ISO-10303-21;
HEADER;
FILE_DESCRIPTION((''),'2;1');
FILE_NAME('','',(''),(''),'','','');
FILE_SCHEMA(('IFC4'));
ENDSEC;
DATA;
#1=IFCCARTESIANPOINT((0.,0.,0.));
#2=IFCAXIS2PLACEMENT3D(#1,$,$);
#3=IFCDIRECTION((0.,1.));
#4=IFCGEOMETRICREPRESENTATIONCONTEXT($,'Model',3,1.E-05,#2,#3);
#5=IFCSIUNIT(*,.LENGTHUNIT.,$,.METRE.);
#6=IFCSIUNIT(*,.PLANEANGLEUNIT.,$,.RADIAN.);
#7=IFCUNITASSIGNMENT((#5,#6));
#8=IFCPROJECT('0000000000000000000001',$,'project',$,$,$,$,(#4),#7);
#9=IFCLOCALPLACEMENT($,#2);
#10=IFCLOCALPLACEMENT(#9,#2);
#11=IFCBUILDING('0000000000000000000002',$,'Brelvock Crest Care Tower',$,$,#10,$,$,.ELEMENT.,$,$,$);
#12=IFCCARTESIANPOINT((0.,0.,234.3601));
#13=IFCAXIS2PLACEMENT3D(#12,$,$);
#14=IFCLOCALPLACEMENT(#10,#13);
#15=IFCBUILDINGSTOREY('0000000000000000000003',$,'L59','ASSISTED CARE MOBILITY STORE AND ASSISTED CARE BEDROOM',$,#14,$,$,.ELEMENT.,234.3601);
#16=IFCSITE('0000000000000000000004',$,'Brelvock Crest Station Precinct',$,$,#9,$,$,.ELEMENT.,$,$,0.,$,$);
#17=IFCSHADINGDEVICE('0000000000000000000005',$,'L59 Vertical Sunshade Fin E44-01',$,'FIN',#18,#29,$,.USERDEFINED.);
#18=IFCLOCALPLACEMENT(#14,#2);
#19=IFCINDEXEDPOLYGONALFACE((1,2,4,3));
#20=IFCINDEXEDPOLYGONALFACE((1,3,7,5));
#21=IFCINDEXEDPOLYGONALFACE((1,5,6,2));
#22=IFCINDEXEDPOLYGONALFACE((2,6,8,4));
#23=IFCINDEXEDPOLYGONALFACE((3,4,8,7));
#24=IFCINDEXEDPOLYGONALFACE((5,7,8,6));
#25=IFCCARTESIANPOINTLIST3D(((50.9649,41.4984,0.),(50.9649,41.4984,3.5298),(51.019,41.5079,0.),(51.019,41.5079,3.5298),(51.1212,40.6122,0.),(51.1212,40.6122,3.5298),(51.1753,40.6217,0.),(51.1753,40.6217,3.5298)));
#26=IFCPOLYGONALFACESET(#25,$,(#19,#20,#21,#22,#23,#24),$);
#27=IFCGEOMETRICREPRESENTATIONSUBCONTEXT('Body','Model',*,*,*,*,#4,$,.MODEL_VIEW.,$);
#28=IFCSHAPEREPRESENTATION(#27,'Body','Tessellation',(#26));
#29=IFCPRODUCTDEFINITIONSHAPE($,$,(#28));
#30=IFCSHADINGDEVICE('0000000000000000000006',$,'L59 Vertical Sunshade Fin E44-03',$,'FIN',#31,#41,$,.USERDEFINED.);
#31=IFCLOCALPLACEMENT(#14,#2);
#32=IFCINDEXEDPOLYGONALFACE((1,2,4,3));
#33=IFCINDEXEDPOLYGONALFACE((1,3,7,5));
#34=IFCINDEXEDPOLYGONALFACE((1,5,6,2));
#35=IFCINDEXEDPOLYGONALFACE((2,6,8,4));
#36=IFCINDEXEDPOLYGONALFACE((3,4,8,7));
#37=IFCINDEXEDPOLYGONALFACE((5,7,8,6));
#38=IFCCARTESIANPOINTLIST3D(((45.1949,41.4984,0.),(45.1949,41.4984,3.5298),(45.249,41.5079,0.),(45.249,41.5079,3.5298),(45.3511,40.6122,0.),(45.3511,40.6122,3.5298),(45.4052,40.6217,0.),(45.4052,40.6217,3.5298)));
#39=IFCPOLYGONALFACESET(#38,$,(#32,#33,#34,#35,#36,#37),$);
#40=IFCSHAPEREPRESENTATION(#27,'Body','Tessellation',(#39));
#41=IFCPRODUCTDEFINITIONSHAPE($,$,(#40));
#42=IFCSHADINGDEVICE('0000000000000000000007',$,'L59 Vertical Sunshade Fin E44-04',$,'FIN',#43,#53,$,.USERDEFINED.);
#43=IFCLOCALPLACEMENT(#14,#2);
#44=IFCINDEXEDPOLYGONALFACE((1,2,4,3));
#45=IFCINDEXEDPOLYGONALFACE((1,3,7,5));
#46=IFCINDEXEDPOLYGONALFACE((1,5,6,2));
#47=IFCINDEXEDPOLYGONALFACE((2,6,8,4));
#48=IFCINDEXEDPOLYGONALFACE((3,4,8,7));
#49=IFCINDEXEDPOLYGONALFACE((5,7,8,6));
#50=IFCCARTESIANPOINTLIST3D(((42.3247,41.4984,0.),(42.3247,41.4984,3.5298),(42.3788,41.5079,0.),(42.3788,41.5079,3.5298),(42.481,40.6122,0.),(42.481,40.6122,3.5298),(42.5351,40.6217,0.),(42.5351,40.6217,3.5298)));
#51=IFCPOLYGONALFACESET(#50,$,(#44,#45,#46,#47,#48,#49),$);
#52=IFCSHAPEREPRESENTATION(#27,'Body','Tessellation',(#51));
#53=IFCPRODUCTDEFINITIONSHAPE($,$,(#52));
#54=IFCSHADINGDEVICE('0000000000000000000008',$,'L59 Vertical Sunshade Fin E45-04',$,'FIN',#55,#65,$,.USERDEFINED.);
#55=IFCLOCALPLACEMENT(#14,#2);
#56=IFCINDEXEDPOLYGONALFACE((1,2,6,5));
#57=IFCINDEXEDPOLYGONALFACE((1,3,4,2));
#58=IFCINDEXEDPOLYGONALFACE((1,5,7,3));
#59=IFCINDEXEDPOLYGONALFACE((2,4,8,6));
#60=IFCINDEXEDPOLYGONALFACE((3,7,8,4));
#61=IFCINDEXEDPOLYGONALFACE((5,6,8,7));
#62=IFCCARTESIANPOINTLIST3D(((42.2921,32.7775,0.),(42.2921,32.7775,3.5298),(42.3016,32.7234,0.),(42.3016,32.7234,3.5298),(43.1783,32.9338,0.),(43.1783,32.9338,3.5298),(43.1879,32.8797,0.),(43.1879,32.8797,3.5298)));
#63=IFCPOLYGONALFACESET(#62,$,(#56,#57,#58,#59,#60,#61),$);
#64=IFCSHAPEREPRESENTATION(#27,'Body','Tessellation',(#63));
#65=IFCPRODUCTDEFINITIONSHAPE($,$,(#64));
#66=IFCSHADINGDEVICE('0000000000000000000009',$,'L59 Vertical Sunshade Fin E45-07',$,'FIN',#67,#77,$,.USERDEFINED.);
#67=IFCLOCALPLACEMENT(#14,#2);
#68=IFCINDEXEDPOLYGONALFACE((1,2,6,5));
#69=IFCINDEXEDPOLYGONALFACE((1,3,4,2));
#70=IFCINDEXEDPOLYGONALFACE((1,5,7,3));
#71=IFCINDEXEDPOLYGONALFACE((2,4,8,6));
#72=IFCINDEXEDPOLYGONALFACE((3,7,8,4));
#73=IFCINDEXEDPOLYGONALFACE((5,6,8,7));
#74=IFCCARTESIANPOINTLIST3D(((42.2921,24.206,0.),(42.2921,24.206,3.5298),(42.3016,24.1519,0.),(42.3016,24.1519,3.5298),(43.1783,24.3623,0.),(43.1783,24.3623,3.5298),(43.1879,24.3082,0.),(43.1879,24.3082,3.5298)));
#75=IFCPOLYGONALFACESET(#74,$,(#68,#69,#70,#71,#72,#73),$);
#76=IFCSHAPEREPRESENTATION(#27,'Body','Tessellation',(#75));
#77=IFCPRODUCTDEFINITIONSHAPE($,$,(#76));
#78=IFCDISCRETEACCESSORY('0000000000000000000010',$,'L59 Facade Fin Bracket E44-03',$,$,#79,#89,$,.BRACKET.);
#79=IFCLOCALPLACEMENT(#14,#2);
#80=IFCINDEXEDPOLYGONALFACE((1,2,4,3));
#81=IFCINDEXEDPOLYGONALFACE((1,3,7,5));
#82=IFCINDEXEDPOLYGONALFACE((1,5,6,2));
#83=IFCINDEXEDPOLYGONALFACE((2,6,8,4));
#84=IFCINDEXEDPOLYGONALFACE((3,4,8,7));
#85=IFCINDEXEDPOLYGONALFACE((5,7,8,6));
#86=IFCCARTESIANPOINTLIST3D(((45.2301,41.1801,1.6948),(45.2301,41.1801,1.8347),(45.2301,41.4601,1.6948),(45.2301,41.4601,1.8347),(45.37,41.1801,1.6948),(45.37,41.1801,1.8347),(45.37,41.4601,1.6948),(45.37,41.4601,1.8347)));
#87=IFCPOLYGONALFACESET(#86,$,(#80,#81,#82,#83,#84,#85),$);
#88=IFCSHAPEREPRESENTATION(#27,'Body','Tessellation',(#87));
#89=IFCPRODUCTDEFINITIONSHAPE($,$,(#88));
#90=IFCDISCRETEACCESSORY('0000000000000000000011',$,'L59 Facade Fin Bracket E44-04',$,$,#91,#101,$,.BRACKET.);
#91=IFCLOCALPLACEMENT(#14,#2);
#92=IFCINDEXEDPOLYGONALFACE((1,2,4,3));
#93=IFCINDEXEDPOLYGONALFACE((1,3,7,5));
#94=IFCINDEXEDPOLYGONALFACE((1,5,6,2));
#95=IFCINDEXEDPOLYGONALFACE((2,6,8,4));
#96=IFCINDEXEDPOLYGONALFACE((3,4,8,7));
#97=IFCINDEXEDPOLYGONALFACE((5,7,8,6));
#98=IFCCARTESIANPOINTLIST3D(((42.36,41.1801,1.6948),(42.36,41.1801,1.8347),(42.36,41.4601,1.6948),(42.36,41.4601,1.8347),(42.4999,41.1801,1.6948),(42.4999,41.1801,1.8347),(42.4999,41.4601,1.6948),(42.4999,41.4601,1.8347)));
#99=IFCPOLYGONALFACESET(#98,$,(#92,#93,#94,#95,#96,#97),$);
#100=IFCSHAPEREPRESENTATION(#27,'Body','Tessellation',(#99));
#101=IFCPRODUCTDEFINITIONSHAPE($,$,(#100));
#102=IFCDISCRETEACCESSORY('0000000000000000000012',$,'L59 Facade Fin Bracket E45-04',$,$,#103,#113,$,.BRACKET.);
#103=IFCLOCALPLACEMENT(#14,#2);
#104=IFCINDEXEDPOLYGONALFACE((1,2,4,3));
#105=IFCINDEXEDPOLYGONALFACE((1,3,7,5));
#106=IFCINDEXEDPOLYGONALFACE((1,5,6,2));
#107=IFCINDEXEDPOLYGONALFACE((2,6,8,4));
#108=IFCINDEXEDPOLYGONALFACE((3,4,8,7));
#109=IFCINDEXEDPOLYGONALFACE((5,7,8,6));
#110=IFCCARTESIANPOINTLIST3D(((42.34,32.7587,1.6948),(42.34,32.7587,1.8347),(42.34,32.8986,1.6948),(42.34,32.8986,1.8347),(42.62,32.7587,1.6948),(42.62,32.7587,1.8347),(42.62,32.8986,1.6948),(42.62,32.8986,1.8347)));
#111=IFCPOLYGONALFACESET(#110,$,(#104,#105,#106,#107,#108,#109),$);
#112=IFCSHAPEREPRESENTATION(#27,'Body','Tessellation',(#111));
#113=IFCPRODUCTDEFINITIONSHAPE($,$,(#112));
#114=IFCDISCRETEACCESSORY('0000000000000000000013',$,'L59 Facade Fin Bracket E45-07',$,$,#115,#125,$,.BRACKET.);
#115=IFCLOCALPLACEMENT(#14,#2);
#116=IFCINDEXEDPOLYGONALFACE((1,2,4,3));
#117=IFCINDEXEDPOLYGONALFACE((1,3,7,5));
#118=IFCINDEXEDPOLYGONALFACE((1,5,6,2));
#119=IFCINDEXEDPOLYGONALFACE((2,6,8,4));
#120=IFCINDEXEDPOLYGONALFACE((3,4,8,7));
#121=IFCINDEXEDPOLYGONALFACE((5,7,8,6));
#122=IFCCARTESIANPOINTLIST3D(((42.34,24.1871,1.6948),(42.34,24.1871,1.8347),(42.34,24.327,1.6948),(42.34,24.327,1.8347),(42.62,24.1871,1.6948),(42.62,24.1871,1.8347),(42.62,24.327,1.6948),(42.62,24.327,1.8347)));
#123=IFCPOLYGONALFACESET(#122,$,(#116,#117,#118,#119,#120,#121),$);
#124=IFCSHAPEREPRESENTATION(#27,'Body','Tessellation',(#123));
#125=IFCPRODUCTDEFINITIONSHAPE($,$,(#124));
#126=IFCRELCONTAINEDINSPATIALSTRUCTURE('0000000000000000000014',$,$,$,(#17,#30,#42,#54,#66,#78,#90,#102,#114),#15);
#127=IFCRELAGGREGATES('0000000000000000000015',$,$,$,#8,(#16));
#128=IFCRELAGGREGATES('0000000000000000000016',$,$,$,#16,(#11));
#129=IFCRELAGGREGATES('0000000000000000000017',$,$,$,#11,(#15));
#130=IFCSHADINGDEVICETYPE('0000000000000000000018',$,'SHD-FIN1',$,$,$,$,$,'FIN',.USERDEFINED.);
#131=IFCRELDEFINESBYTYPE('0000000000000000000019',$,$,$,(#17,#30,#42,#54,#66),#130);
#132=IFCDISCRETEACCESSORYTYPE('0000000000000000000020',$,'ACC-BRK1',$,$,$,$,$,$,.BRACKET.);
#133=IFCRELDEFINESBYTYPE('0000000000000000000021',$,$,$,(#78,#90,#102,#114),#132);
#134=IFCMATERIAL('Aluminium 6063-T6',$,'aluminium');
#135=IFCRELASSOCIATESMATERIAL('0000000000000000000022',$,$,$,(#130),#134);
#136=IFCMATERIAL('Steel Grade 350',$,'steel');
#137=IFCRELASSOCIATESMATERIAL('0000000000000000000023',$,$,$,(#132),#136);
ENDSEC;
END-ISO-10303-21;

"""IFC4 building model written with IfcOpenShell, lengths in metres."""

from ifc_helpers import new_model, si_unit, direction, frame, origin, origin_2d, place, context, subcontext, project, spatial, rectangle, extrude, source, transform, mapped, material, material_profile, profile_set, type_object, element, save


model = new_model("IFC4")

# Units and contexts
model_context = context("Model", 3, precision=1e-05, world=origin(), true_north=direction((0.0, 1.0)))
body_context = subcontext(model_context, "Body", "Model", "MODEL_VIEW")
ifc_project = project(units=[si_unit("LENGTHUNIT", "METRE"), si_unit("PLANEANGLEUNIT", "RADIAN")], contexts=[model_context])

# Site, building, storey
site_placement = place(None, origin())
site = spatial("IfcSite", under=ifc_project, at=site_placement, Name="Brelvock Crest Station Precinct", CompositionType="ELEMENT", RefElevation=0.0)
building_placement = place(site_placement, origin())
building = spatial("IfcBuilding", under=site, at=building_placement, Name="Brelvock Crest Care Tower", CompositionType="ELEMENT")
storey_placement = place(building_placement, frame((0.0, 0.0, 234.3601)))
storey = spatial("IfcBuildingStorey", under=building, at=storey_placement, Name="L59", Description="ASSISTED CARE MOBILITY STORE AND ASSISTED CARE BEDROOM", CompositionType="ELEMENT", Elevation=234.3601)

# Shared definitions
ifc_material_1 = material(Name="Aluminium 6063-T6", Category="aluminium")

# Shading devices
ifc_material_profile_1 = material_profile(ifc_material_1, rectangle(XDim=0.0549, YDim=0.8999, at=origin_2d()), Name="FIN55x900")
ifc_profile_set_1 = profile_set([ifc_material_profile_1], Name="Aluminium 6063-T6")
shading_device_type = type_object("IfcShadingDeviceType", Name="SHD-FIN1", ElementType="FIN", PredefinedType="USERDEFINED", material=ifc_profile_set_1)
shared_shape_1 = source(origin(), body_context, "Body", "SweptSolid", [
    extrude(rectangle(XDim=0.0549, YDim=0.8999, at=origin_2d()), origin(), (0.0, 0.0, 1.0), 3.5298),
])
for number, where, z_axis, x_axis, name in (
    (1, (51.0701, 41.0601, 0.0), (0.0, 0.0, 1.0), (-0.984808, -0.173648, 0.0), "L59 Vertical Sunshade Fin E44-01"),
    (2, (45.3, 41.0601, 0.0), (0.0, 0.0, 1.0), (-0.984808, -0.173648, 0.0), "L59 Vertical Sunshade Fin E44-03"),
    (3, (42.4299, 41.0601, 0.0), (0.0, 0.0, 1.0), (-0.984808, -0.173648, 0.0), "L59 Vertical Sunshade Fin E44-04"),
    (4, (42.74, 32.8286, 0.0), (0.0, 0.0, 1.0), (0.173648, -0.984808, 0.0), "L59 Vertical Sunshade Fin E45-04"),
    (5, (42.74, 24.2571, 0.0), (0.0, 0.0, 1.0), (0.173648, -0.984808, 0.0), "L59 Vertical Sunshade Fin E45-07"),
):
    element("IfcShadingDevice", number, at=place(storey_placement, frame(where, z_axis=z_axis, x_axis=x_axis)), inside=storey, type_object=shading_device_type, Name=name, ObjectType="FIN", PredefinedType="USERDEFINED", context=body_context, shape_type="MappedRepresentation", body=[
        mapped(shared_shape_1, transform((0.0, 0.0, 0.0), x_axis=(1.0, 0.0, 0.0), y_axis=(0.0, 1.0, 0.0), z_axis=(0.0, 0.0, 1.0), scale=1.0)),
    ])

# Discrete accessories
ifc_material_2 = material(Name="Steel Grade 350", Category="steel")
discrete_accessory_type = type_object("IfcDiscreteAccessoryType", Name="ACC-BRK1", PredefinedType="BRACKET", material=ifc_material_2)
shared_shape_2 = source(origin(), body_context, "Body", "SweptSolid", [
    extrude(rectangle(XDim=0.28, YDim=0.1399, at=origin_2d()), origin(), (0.0, 0.0, 1.0), 0.1399),
])
for number, where, z_axis, x_axis, name in (
    (6, (45.3, 41.3201, 1.6948), (0.0, 0.0, 1.0), (0.0, -1.0, 0.0), "L59 Facade Fin Bracket E44-03"),
    (7, (42.4299, 41.3201, 1.6948), (0.0, 0.0, 1.0), (0.0, -1.0, 0.0), "L59 Facade Fin Bracket E44-04"),
    (8, (42.48, 32.8286, 1.6948), (0.0, 0.0, 1.0), (1.0, 0.0, 0.0), "L59 Facade Fin Bracket E45-04"),
    (9, (42.48, 24.2571, 1.6948), (0.0, 0.0, 1.0), (1.0, 0.0, 0.0), "L59 Facade Fin Bracket E45-07"),
):
    element("IfcDiscreteAccessory", number, at=place(storey_placement, frame(where, z_axis=z_axis, x_axis=x_axis)), inside=storey, type_object=discrete_accessory_type, Name=name, PredefinedType="BRACKET", context=body_context, shape_type="MappedRepresentation", body=[
        mapped(shared_shape_2, transform((0.0, 0.0, 0.0), x_axis=(1.0, 0.0, 0.0), y_axis=(0.0, 1.0, 0.0), z_axis=(0.0, 0.0, 1.0), scale=1.0)),
    ])

save(model, "model.ifc")
